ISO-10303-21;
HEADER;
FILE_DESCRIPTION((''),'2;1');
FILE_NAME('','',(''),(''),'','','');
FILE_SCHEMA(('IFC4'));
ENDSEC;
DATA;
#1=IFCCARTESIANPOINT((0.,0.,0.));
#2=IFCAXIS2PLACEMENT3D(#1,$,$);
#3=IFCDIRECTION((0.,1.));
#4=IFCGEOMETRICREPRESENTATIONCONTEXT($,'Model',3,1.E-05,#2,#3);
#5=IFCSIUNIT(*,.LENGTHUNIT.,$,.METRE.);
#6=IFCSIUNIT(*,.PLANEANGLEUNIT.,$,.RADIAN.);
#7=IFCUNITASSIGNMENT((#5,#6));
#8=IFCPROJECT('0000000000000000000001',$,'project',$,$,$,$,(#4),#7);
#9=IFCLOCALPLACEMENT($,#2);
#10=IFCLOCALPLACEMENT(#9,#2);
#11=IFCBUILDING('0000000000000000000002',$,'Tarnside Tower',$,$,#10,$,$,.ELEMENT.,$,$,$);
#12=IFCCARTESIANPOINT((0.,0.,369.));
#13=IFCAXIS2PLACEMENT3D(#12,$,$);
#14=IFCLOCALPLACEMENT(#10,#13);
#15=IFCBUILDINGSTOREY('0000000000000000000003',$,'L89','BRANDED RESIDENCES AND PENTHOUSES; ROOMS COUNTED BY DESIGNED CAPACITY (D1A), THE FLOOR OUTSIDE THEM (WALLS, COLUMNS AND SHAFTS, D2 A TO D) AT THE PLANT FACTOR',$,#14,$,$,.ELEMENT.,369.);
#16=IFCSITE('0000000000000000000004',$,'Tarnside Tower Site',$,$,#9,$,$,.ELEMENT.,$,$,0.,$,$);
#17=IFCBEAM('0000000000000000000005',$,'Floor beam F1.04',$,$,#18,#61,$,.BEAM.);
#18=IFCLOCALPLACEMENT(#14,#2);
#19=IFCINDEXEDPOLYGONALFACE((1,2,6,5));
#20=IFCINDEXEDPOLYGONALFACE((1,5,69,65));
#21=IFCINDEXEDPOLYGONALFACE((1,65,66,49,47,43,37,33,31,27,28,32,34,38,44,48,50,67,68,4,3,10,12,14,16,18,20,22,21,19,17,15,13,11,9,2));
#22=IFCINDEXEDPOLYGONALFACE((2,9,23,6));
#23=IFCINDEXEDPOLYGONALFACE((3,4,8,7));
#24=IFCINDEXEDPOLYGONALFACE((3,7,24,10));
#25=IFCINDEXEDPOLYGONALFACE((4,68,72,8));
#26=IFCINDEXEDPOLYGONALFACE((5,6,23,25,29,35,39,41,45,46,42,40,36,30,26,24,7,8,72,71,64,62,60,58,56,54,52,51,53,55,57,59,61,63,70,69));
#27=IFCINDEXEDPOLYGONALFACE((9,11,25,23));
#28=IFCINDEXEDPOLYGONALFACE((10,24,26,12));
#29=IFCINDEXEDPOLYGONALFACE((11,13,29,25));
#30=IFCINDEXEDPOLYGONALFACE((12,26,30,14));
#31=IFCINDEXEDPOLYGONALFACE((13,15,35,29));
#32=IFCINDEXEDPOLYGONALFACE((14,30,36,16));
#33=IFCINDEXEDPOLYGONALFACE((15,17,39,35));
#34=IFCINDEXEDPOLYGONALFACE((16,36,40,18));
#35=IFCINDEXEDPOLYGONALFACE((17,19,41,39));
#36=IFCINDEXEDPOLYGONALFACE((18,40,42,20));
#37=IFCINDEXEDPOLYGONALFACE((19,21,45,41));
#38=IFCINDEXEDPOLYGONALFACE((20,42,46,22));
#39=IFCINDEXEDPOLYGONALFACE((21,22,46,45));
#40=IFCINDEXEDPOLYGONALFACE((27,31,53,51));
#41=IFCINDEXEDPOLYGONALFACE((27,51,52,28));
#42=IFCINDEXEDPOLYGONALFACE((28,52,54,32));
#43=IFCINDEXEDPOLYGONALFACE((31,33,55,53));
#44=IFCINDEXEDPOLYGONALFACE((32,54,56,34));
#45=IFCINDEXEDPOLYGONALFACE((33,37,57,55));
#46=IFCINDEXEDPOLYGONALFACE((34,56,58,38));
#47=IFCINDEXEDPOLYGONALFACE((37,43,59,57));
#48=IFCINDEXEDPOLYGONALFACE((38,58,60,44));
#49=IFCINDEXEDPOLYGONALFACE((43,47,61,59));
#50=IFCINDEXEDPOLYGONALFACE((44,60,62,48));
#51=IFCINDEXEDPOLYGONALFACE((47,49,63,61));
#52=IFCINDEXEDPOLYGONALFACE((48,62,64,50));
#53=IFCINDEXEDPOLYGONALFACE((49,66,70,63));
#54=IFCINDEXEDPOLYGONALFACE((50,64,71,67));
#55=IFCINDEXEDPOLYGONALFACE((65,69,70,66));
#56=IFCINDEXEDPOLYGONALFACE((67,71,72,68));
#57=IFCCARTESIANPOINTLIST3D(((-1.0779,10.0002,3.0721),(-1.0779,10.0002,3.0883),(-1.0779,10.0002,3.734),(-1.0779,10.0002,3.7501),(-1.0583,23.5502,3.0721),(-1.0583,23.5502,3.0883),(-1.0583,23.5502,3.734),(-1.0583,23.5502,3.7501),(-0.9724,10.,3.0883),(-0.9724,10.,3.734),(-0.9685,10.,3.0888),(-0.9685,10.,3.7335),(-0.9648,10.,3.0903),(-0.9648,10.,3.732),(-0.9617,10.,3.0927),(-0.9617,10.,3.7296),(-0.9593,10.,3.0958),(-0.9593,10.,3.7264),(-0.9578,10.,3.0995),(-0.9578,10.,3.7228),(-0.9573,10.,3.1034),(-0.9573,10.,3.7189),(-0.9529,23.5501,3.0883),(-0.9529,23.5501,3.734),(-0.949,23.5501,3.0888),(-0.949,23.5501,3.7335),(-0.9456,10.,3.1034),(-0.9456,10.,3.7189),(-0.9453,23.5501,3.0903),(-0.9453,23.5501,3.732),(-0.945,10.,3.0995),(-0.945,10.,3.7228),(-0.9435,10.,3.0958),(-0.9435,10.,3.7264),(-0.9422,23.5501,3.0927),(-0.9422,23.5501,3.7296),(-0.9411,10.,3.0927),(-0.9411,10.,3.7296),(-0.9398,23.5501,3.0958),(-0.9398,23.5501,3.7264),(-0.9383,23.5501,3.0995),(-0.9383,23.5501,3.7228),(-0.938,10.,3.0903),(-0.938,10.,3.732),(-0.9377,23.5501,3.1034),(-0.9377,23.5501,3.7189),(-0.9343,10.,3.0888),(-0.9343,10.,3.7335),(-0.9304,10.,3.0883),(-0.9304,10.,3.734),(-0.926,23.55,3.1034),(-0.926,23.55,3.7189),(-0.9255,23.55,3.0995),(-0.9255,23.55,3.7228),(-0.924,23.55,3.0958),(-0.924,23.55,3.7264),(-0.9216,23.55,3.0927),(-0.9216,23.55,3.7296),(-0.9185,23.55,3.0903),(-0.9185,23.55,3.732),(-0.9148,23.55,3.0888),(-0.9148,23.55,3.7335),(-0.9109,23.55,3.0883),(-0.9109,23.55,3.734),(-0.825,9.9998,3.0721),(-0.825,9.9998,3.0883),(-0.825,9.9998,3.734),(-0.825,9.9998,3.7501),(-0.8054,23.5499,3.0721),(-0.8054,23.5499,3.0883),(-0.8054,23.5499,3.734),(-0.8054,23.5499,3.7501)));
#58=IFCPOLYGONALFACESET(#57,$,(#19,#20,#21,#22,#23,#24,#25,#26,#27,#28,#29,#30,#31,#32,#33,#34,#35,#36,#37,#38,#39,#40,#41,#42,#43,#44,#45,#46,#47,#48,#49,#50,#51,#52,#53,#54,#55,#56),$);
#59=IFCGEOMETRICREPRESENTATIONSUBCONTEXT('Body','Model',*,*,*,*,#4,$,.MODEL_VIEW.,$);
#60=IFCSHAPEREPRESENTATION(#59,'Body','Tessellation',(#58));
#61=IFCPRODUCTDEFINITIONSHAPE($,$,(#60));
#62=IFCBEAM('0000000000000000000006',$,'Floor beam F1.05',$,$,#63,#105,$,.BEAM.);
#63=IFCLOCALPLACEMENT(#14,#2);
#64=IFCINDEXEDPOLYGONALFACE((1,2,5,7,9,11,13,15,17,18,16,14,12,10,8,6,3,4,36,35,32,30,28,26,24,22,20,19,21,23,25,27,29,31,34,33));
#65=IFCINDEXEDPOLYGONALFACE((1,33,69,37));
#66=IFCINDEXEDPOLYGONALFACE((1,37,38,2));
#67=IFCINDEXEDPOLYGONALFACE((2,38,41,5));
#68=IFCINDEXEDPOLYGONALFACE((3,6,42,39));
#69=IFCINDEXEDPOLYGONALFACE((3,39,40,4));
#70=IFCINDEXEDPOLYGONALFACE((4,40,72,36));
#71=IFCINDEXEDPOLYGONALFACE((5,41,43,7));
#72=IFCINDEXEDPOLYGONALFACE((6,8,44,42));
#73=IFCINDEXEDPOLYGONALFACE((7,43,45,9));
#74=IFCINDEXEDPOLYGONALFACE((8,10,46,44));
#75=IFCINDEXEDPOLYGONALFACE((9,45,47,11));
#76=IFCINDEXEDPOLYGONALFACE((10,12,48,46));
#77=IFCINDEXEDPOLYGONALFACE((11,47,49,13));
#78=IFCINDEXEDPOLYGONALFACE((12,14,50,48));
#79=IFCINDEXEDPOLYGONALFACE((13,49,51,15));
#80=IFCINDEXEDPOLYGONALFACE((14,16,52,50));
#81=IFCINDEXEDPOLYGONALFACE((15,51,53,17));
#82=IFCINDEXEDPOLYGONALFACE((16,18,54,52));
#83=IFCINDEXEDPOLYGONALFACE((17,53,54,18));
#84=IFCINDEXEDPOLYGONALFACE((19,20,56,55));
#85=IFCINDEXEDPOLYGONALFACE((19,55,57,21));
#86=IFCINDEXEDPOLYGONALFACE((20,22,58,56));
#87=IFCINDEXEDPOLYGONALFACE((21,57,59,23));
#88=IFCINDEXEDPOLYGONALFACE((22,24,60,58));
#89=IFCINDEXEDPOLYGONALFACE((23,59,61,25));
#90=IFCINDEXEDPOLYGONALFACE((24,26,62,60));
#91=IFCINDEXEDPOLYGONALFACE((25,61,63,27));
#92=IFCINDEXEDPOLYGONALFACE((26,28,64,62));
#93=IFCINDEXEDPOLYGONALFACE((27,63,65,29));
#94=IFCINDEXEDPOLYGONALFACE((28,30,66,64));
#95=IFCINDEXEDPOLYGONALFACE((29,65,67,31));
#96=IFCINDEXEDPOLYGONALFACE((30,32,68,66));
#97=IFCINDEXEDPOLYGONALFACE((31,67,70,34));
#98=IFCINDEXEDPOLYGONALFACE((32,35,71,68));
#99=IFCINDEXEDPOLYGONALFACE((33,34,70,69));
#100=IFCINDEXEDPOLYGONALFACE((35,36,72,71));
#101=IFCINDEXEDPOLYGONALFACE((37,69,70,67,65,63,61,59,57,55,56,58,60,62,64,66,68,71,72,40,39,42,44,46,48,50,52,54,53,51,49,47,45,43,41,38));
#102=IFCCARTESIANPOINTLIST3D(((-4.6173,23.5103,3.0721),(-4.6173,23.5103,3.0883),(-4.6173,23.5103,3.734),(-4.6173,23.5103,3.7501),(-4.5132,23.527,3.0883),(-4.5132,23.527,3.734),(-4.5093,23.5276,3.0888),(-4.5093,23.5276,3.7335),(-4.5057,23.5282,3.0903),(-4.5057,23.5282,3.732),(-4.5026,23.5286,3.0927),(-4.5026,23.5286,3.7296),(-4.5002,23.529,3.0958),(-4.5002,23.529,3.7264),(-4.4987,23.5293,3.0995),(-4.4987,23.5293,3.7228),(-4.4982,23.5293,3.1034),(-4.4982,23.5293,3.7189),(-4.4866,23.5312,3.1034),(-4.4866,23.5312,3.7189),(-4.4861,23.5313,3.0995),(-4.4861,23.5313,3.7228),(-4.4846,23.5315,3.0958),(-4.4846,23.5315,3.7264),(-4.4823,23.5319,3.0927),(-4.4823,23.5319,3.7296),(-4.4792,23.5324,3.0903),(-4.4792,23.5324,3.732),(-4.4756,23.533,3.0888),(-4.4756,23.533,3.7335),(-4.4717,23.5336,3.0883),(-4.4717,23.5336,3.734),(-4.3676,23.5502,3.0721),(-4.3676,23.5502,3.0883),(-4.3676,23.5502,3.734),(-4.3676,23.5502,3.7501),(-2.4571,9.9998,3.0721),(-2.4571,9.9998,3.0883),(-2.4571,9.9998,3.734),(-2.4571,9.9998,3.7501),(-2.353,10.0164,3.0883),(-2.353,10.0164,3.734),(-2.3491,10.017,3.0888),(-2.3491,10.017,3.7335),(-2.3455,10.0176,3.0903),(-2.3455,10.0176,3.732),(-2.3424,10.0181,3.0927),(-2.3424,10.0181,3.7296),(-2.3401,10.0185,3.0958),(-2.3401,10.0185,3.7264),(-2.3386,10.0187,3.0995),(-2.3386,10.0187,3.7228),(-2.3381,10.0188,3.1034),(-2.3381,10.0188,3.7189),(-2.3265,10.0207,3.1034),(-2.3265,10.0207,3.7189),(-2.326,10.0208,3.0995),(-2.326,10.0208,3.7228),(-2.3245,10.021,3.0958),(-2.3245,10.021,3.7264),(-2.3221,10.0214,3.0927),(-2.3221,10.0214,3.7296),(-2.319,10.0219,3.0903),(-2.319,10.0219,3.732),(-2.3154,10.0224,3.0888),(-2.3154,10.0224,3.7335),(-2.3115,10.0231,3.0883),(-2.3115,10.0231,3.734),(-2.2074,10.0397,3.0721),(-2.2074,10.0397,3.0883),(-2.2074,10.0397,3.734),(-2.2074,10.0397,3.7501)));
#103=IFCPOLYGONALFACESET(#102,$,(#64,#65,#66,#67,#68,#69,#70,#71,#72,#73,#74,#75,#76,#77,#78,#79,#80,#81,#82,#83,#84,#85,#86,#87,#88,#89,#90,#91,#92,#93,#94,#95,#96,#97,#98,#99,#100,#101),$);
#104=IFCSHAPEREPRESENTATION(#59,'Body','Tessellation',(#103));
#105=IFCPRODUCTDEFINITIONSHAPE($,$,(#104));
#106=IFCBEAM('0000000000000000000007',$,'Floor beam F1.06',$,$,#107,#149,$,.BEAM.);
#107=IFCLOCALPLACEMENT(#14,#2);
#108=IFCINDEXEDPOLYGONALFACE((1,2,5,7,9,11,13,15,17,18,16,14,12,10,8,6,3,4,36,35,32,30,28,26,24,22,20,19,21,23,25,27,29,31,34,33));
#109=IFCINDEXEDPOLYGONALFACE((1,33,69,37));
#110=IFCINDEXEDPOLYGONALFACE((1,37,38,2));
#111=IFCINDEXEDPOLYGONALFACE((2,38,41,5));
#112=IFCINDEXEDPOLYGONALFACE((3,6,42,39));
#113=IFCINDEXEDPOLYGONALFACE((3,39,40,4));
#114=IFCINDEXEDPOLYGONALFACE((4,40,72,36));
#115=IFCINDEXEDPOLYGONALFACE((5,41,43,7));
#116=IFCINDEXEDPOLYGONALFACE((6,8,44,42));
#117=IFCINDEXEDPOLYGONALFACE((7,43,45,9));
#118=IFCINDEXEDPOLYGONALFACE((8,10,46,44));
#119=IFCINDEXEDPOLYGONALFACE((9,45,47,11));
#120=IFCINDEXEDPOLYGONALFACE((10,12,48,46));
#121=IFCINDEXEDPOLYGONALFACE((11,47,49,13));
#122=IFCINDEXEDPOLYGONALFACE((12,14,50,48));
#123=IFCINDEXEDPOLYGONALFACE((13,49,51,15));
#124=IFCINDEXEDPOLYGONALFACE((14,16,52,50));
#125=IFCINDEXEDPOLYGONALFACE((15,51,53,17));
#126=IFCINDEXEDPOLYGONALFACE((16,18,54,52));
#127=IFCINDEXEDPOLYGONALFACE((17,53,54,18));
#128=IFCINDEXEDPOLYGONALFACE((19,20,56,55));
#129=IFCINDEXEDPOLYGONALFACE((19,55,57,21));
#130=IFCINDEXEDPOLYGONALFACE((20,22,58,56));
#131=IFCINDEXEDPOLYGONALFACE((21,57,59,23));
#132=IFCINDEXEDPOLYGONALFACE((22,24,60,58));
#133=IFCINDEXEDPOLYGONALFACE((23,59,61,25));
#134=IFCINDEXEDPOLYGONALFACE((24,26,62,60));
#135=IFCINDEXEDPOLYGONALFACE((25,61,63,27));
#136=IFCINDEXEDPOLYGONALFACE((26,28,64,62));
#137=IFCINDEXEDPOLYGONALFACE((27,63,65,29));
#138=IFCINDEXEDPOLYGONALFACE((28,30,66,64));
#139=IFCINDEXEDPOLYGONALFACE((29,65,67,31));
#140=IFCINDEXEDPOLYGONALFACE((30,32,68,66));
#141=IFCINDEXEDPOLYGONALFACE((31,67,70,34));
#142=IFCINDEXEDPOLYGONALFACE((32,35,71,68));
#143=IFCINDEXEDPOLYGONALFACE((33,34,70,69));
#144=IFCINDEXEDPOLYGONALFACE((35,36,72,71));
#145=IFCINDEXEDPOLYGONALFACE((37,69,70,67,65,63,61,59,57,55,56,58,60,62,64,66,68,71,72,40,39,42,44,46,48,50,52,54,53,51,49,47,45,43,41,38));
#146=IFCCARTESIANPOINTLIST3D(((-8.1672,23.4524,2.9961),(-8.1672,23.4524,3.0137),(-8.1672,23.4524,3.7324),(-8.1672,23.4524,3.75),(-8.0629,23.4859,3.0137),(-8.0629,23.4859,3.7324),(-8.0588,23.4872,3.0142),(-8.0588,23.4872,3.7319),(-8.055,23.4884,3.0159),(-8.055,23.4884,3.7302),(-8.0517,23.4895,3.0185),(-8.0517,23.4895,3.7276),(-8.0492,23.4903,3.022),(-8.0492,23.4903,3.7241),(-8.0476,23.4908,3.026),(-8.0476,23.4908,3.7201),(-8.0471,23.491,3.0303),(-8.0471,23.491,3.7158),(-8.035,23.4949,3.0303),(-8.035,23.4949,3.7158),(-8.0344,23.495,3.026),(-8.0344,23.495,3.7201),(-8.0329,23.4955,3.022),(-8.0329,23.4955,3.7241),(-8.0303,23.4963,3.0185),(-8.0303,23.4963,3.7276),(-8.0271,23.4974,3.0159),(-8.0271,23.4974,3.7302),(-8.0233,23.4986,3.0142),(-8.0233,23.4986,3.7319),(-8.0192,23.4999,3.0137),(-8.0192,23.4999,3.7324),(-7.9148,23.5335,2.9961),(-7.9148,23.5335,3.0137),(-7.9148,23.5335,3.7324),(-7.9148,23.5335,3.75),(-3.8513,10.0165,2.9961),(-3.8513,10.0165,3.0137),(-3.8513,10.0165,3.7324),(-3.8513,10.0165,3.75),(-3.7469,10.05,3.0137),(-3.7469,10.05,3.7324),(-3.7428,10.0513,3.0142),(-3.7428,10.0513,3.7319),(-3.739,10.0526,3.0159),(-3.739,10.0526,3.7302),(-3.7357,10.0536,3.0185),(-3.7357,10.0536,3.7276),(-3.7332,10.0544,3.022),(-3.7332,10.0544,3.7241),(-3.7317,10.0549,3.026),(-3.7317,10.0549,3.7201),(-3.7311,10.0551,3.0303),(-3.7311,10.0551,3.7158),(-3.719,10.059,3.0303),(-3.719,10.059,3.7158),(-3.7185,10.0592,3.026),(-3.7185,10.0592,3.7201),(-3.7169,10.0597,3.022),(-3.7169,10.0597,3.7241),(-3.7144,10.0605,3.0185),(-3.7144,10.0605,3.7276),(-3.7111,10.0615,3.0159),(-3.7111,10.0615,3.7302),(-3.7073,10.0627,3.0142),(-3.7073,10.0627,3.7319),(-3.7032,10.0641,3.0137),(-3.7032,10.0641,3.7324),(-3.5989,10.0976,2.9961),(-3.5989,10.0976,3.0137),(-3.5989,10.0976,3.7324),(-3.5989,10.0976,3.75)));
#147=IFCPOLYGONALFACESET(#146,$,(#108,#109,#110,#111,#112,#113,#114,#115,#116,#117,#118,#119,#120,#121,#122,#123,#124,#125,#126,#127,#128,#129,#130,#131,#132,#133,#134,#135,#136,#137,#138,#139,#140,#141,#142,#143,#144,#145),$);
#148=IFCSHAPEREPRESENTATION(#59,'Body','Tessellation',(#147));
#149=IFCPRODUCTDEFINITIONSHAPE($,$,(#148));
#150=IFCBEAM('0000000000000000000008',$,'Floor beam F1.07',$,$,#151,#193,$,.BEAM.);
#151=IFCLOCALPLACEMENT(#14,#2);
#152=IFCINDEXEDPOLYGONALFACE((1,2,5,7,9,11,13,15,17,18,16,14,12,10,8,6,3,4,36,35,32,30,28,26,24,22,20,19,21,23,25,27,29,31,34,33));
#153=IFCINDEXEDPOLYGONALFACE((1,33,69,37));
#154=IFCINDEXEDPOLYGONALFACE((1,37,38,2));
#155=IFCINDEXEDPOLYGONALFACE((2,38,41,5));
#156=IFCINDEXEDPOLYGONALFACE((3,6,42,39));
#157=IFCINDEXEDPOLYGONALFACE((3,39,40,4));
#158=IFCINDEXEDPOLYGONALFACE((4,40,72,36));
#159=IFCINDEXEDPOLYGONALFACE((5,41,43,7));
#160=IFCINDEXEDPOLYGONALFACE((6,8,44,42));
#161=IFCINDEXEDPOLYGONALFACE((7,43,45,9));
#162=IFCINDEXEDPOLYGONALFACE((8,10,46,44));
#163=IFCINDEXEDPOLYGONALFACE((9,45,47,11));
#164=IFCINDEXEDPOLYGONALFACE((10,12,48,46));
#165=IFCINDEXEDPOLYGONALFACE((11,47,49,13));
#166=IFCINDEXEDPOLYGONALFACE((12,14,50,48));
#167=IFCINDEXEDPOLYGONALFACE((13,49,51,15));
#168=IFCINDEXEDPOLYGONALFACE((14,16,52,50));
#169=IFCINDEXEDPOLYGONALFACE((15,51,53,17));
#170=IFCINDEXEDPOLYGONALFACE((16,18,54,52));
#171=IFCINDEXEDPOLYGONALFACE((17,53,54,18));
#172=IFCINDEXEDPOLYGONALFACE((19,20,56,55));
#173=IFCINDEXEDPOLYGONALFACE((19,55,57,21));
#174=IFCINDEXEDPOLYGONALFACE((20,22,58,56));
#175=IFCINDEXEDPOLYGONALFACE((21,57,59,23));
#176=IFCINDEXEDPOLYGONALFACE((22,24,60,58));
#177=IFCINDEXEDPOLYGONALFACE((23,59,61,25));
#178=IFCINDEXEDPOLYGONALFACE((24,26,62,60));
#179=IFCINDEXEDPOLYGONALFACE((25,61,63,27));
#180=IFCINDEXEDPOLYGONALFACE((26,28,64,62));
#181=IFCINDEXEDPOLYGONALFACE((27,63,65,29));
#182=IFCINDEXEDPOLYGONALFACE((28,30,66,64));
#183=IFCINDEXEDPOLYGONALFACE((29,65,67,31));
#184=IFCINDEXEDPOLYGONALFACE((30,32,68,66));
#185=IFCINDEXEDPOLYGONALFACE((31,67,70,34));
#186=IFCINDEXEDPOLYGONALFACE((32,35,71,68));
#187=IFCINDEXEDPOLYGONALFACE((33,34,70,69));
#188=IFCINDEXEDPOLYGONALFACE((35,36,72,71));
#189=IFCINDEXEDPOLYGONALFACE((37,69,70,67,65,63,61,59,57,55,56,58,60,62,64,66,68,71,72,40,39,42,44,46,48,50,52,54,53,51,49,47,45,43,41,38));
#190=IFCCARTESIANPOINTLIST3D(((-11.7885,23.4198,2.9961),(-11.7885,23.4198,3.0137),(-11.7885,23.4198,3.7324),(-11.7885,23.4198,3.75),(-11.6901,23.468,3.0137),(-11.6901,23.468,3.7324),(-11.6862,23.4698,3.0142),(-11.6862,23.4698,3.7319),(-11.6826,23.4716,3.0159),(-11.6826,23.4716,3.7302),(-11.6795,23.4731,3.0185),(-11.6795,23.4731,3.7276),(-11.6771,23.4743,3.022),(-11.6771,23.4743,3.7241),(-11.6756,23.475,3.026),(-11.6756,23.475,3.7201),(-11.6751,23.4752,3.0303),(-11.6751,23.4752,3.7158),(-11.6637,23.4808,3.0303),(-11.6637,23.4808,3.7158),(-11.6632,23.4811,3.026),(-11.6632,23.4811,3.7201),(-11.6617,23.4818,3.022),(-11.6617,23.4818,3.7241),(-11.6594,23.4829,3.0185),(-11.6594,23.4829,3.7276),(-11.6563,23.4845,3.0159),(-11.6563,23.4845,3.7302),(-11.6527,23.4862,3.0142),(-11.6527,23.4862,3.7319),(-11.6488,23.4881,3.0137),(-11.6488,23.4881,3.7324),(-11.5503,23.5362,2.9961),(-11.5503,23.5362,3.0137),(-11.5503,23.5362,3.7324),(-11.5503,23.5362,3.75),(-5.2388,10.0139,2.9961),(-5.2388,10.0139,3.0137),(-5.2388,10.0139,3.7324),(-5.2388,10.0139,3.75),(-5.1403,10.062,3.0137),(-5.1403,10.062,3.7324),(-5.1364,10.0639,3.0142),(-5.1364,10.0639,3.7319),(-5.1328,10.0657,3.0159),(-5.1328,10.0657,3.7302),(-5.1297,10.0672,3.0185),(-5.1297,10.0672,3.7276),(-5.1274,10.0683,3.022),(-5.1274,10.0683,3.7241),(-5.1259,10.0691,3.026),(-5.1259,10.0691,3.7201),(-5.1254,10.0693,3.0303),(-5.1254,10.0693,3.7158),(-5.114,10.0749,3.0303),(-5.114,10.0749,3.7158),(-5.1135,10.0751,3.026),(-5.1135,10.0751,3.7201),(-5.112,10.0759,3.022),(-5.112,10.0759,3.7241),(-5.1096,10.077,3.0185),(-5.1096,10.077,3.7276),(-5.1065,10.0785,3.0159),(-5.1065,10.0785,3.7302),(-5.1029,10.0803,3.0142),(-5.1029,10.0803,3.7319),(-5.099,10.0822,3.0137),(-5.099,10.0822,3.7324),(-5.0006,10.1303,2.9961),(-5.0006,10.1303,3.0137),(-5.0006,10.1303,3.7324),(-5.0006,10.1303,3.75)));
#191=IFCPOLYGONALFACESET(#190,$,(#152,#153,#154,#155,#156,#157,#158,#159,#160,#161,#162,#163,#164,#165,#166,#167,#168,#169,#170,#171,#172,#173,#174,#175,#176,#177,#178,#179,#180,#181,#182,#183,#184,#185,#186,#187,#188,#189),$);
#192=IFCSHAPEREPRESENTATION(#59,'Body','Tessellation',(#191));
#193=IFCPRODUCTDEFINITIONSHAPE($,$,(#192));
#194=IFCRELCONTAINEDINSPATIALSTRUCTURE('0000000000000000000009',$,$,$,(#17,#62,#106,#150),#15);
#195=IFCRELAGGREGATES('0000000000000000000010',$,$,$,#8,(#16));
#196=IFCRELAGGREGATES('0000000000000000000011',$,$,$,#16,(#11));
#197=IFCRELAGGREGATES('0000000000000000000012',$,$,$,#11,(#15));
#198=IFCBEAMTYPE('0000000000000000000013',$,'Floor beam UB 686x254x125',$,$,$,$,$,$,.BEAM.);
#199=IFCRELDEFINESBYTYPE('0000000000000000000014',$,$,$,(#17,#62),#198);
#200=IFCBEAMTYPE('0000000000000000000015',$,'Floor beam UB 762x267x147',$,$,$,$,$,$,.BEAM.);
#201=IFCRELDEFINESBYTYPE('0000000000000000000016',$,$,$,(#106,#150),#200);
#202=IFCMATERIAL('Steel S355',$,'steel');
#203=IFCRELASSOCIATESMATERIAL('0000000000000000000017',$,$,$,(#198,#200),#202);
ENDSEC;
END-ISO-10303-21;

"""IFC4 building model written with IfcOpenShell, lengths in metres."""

from ifc_helpers import new_model, si_unit, direction, frame, origin, origin_2d, place, context, subcontext, project, spatial, i_section, extrude, material, material_profile, profile_set, type_object, element, save


model = new_model("IFC4")

# Units and contexts
model_context = context("Model", 3, precision=1e-05, world=origin(), true_north=direction((0.0, 1.0)))
body_context = subcontext(model_context, "Body", "Model", "MODEL_VIEW")
ifc_project = project(units=[si_unit("LENGTHUNIT", "METRE"), si_unit("PLANEANGLEUNIT", "RADIAN")], contexts=[model_context])

# Site, building, storey
site_placement = place(None, origin())
site = spatial("IfcSite", under=ifc_project, at=site_placement, Name="Tarnside Tower Site", CompositionType="ELEMENT", RefElevation=0.0)
building_placement = place(site_placement, origin())
building = spatial("IfcBuilding", under=site, at=building_placement, Name="Tarnside Tower", CompositionType="ELEMENT")
storey_placement = place(building_placement, frame((0.0, 0.0, 369.0)))
storey = spatial("IfcBuildingStorey", under=building, at=storey_placement, Name="L89", Description="BRANDED RESIDENCES AND PENTHOUSES; ROOMS COUNTED BY DESIGNED CAPACITY (D1A), THE FLOOR OUTSIDE THEM (WALLS, COLUMNS AND SHAFTS, D2 A TO D) AT THE PLANT FACTOR", CompositionType="ELEMENT", Elevation=369.0)

# Beams
ifc_material_1 = material(Name="Steel S355", Category="steel")
ifc_material_profile_1 = material_profile(ifc_material_1, i_section(OverallWidth=0.2529, OverallDepth=0.678, WebThickness=0.0117, FlangeThickness=0.0161, FilletRadius=0.0151, at=origin_2d()), Name="UB 686x254x125")
ifc_profile_set_1 = profile_set([ifc_material_profile_1], Name="Steel S355")
beam_type_1 = type_object("IfcBeamType", Name="Floor beam UB 686x254x125", PredefinedType="BEAM", material=ifc_profile_set_1)
beam_1_placement = place(storey_placement, frame((-0.9319, 23.55, 3.4111), z_axis=(-0.001441, -0.999999, 0.0), x_axis=(0.999999, -0.001441, 0.0)))
element("IfcBeam", 1, at=beam_1_placement, inside=storey, type_object=beam_type_1, Name="Floor beam F1.04", PredefinedType="BEAM", context=body_context, shape_type="SweptSolid", body=[
    extrude(i_section(OverallWidth=0.2529, OverallDepth=0.678, WebThickness=0.0117, FlangeThickness=0.0161, FilletRadius=0.0151, at=origin_2d()), origin(), (0.0, 0.0, 1.0), 13.55),
])
beam_2_placement = place(storey_placement, frame((-4.4924, 23.5303, 3.4111), z_axis=(0.157882, -0.987458, 0.0), x_axis=(0.987458, 0.157882, 0.0)))
element("IfcBeam", 2, at=beam_2_placement, inside=storey, type_object=beam_type_1, Name="Floor beam F1.05", PredefinedType="BEAM", context=body_context, shape_type="SweptSolid", body=[
    extrude(i_section(OverallWidth=0.2529, OverallDepth=0.678, WebThickness=0.0117, FlangeThickness=0.0161, FilletRadius=0.0151, at=origin_2d()), origin(), (0.0, 0.0, 1.0), 13.6821),
])
ifc_material_profile_2 = material_profile(ifc_material_1, i_section(OverallWidth=0.2651, OverallDepth=0.7539, WebThickness=0.0127, FlangeThickness=0.0176, FilletRadius=0.0166, at=origin_2d()), Name="UB 762x267x147")
ifc_profile_set_2 = profile_set([ifc_material_profile_2], Name="Steel S355")
beam_type_2 = type_object("IfcBeamType", Name="Floor beam UB 762x267x147", PredefinedType="BEAM", material=ifc_profile_set_2)
beam_3_placement = place(storey_placement, frame((-8.041, 23.4929, 3.373), z_axis=(0.305834, -0.952085, 0.0), x_axis=(0.952085, 0.305834, 0.0)))
element("IfcBeam", 3, at=beam_3_placement, inside=storey, type_object=beam_type_2, Name="Floor beam F1.06", PredefinedType="BEAM", context=body_context, shape_type="SweptSolid", body=[
    extrude(i_section(OverallWidth=0.2651, OverallDepth=0.7539, WebThickness=0.0127, FlangeThickness=0.0176, FilletRadius=0.0166, at=origin_2d()), origin(), (0.0, 0.0, 1.0), 14.1121),
])
beam_4_placement = place(storey_placement, frame((-11.6694, 23.478, 3.373), z_axis=(0.438981, -0.898497, 0.0), x_axis=(0.898497, 0.438981, 0.0)))
element("IfcBeam", 4, at=beam_4_placement, inside=storey, type_object=beam_type_2, Name="Floor beam F1.07", PredefinedType="BEAM", context=body_context, shape_type="SweptSolid", body=[
    extrude(i_section(OverallWidth=0.2651, OverallDepth=0.7539, WebThickness=0.0127, FlangeThickness=0.0176, FilletRadius=0.0166, at=origin_2d()), origin(), (0.0, 0.0, 1.0), 14.9204),
])

save(model, "model.ifc")
